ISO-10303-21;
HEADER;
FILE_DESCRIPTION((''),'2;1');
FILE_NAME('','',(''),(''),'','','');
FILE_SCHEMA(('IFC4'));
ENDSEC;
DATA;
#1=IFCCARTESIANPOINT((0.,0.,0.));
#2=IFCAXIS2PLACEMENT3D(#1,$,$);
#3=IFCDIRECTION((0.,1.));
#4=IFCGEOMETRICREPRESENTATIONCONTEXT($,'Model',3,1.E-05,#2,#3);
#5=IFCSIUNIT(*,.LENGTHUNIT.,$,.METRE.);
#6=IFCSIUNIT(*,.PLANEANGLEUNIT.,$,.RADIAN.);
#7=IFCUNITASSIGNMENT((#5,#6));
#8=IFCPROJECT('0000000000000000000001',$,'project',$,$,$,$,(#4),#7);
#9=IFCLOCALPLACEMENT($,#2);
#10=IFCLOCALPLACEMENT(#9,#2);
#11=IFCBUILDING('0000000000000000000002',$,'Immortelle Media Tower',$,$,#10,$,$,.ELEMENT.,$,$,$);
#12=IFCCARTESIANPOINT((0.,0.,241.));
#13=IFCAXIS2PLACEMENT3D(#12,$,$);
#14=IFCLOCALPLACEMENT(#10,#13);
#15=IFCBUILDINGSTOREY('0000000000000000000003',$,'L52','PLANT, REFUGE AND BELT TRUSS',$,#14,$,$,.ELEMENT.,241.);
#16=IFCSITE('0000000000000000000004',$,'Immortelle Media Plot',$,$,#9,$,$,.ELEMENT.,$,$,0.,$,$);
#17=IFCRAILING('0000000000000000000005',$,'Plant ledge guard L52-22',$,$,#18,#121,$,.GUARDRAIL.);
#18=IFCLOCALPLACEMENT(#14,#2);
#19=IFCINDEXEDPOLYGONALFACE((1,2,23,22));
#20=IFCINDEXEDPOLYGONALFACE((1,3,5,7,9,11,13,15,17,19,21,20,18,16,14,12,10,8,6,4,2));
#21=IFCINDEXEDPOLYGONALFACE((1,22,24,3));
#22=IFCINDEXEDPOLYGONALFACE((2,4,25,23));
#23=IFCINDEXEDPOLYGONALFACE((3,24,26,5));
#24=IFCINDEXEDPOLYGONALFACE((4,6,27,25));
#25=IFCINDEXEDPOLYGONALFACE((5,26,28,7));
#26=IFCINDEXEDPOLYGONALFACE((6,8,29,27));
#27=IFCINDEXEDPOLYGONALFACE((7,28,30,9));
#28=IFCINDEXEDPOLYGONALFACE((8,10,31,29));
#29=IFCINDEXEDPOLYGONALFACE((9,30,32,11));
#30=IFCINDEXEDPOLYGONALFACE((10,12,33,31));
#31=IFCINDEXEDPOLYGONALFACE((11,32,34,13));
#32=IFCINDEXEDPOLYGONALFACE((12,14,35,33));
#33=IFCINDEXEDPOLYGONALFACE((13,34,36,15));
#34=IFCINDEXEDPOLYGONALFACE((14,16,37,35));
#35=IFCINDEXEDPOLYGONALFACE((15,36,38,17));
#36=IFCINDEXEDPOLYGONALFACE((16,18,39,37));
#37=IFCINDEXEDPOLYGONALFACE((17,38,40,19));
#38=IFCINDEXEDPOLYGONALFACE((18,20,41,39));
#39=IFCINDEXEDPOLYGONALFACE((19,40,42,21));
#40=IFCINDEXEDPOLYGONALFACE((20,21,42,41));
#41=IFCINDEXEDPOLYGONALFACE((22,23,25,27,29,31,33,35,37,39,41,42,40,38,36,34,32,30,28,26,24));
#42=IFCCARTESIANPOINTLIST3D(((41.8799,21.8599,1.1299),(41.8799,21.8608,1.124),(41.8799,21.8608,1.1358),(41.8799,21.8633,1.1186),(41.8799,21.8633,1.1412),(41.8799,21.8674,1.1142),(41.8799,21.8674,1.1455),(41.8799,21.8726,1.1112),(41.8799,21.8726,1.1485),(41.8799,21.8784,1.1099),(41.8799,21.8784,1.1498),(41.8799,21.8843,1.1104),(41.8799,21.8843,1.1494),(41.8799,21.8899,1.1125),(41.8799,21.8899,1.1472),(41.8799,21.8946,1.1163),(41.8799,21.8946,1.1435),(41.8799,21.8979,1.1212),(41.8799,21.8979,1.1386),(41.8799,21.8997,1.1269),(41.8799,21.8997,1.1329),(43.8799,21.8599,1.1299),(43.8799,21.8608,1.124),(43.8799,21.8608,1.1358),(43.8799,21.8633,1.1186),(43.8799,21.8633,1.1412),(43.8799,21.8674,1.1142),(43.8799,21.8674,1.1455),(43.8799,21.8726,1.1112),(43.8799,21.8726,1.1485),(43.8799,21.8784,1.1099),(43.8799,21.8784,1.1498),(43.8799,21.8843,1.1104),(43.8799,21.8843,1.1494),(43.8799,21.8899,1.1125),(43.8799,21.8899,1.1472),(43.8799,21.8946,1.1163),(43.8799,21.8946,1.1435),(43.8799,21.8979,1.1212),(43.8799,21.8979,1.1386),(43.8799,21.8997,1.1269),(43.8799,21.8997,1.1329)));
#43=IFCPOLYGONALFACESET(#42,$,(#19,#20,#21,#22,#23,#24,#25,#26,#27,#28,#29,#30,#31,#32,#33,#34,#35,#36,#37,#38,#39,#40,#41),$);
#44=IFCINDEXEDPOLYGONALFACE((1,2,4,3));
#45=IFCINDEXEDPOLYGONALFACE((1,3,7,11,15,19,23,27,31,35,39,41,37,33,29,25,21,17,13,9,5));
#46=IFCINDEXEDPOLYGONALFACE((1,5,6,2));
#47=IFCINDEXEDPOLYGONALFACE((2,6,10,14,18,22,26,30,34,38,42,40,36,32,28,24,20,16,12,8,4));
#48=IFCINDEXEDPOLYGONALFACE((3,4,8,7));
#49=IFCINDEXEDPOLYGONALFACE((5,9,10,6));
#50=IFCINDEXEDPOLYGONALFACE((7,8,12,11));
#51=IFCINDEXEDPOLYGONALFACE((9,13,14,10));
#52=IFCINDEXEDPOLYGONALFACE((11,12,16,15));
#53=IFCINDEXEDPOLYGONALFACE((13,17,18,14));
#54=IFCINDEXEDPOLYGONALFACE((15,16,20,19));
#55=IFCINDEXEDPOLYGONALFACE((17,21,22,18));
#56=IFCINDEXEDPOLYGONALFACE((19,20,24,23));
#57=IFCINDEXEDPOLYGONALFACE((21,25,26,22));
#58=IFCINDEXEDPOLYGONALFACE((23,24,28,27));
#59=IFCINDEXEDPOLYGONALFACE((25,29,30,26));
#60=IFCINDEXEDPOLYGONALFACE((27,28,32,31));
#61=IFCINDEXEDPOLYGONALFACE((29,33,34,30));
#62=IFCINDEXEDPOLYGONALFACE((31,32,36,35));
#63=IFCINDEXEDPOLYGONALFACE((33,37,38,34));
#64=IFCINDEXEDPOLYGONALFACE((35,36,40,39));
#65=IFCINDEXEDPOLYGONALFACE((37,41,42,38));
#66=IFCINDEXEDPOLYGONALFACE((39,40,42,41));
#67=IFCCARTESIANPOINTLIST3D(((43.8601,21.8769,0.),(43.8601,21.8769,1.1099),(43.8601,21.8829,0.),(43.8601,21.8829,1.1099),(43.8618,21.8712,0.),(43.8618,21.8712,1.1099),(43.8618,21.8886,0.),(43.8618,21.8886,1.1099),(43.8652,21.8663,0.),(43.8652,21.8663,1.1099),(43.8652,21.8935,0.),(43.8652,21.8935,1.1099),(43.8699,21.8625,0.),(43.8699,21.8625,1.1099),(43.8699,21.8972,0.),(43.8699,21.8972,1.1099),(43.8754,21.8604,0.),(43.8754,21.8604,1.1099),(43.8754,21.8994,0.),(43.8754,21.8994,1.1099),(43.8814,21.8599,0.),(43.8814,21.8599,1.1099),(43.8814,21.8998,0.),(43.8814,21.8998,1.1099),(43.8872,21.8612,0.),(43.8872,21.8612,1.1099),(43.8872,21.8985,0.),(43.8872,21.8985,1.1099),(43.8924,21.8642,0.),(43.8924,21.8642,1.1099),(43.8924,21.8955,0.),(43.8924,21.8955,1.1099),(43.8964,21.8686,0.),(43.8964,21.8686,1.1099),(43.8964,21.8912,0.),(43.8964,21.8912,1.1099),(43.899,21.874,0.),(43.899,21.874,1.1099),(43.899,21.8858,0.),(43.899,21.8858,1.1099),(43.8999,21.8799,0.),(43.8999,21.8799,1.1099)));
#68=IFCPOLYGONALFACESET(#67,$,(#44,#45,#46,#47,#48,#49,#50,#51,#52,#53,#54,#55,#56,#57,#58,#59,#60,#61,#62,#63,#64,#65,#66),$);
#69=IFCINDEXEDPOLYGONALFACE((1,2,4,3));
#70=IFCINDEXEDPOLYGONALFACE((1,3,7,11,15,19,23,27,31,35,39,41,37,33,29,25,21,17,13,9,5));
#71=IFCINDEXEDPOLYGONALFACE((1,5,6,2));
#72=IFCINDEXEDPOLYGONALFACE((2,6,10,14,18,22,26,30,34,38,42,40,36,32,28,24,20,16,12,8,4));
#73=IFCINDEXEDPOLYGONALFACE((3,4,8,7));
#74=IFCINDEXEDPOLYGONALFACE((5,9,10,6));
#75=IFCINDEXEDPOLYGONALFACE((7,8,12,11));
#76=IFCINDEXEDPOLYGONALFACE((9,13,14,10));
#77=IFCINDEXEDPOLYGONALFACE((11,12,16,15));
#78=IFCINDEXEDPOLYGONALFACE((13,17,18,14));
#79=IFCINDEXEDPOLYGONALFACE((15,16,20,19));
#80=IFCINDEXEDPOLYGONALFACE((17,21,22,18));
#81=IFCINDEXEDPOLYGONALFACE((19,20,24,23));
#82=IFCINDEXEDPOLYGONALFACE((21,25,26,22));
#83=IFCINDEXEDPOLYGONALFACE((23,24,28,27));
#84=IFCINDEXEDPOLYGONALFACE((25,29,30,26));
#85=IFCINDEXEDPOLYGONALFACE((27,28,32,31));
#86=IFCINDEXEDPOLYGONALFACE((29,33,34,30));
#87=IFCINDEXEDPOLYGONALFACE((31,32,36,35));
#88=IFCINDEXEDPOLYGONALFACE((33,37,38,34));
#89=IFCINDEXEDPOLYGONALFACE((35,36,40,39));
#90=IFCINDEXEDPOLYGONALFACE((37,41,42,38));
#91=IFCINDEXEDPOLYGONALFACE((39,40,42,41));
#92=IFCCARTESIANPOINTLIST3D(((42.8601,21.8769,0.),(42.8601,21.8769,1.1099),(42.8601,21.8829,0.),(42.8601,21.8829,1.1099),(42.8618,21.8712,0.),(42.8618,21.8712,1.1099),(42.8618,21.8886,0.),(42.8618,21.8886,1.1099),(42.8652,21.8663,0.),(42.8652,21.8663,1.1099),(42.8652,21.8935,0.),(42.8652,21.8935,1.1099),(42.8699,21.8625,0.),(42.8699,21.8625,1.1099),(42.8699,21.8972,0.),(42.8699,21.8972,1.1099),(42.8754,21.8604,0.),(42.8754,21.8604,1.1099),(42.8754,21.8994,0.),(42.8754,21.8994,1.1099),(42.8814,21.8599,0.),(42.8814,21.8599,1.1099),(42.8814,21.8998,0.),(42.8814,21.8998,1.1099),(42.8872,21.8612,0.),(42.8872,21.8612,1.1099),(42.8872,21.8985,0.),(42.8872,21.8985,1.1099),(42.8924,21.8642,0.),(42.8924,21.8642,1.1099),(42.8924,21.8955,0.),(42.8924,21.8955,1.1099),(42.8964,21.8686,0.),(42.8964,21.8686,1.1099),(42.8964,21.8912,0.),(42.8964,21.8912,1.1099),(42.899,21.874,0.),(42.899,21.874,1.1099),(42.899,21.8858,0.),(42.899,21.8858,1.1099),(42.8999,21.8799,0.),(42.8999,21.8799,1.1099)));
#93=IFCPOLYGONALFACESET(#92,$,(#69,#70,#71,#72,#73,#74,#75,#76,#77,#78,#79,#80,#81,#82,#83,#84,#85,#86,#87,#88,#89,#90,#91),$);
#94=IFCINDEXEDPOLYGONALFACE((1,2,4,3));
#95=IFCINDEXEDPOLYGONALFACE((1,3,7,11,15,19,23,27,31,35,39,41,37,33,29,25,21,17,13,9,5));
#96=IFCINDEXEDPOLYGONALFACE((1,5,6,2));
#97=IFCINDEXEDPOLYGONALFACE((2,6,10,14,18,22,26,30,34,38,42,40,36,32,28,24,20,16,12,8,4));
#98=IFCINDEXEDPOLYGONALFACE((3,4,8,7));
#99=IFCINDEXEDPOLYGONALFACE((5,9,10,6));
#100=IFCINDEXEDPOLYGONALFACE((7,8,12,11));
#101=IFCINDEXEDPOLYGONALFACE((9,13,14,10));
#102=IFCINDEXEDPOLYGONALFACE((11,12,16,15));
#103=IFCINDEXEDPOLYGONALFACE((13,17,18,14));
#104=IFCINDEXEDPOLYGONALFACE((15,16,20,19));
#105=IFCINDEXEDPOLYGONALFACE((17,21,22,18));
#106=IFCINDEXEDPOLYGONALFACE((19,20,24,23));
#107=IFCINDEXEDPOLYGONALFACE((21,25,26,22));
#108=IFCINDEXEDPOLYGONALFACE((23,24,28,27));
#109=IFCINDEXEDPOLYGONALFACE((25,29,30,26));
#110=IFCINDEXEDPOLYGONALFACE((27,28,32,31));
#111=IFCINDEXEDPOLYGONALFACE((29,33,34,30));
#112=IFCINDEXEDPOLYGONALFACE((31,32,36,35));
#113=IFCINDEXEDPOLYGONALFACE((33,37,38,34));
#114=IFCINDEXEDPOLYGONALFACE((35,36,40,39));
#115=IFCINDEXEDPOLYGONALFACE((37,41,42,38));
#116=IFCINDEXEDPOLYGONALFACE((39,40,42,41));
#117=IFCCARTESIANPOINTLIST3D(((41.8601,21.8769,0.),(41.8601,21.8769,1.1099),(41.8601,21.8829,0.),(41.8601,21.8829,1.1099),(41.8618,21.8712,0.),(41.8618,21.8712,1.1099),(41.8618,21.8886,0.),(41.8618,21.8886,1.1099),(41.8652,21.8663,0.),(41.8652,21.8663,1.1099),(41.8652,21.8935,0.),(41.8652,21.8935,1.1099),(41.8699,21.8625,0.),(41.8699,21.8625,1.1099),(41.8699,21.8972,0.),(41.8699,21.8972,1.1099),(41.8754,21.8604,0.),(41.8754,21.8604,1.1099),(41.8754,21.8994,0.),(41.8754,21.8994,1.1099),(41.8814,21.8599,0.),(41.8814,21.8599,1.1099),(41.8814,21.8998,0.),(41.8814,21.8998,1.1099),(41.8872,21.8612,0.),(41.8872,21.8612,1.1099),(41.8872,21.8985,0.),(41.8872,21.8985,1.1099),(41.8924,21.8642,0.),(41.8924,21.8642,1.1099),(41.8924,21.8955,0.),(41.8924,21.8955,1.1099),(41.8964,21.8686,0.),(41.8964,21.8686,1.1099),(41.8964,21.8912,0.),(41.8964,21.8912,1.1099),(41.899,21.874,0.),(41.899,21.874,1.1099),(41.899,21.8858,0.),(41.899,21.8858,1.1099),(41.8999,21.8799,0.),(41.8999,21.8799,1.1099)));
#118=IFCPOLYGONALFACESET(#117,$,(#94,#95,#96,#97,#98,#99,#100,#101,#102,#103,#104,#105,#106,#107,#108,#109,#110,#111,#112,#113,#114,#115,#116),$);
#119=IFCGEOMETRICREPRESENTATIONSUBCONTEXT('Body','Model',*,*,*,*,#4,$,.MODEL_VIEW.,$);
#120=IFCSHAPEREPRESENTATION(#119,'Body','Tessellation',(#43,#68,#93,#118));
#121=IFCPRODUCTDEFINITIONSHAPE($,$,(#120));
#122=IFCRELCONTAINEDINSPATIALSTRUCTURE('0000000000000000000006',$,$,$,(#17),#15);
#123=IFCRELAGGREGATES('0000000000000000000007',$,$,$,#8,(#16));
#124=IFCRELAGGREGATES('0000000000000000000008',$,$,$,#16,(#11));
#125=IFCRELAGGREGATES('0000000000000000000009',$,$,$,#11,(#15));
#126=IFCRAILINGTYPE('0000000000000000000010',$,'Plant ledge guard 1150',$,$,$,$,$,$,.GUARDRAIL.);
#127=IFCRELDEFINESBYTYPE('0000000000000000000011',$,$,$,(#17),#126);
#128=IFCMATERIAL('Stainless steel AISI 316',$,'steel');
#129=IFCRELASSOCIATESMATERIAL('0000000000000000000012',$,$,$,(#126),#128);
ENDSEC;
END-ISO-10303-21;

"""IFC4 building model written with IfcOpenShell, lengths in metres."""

from ifc_helpers import new_model, si_unit, direction, frame, origin, origin_2d, place, context, subcontext, project, spatial, circle, extrude, material, type_object, element, save


model = new_model("IFC4")

# Units and contexts
model_context = context("Model", 3, precision=1e-05, world=origin(), true_north=direction((0.0, 1.0)))
body_context = subcontext(model_context, "Body", "Model", "MODEL_VIEW")
ifc_project = project(units=[si_unit("LENGTHUNIT", "METRE"), si_unit("PLANEANGLEUNIT", "RADIAN")], contexts=[model_context])

# Site, building, storey
site_placement = place(None, origin())
site = spatial("IfcSite", under=ifc_project, at=site_placement, Name="Immortelle Media Plot", CompositionType="ELEMENT", RefElevation=0.0)
building_placement = place(site_placement, origin())
building = spatial("IfcBuilding", under=site, at=building_placement, Name="Immortelle Media Tower", CompositionType="ELEMENT")
storey_placement = place(building_placement, frame((0.0, 0.0, 241.0)))
storey = spatial("IfcBuildingStorey", under=building, at=storey_placement, Name="L52", Description="PLANT, REFUGE AND BELT TRUSS", CompositionType="ELEMENT", Elevation=241.0)

# Railing
ifc_material_1 = material(Name="Stainless steel AISI 316", Category="steel")
railing_type = type_object("IfcRailingType", Name="Plant ledge guard 1150", PredefinedType="GUARDRAIL", material=ifc_material_1)
railing_1_placement = place(storey_placement, frame((43.8799, 21.8799, 0.0)))
element("IfcRailing", 1, at=railing_1_placement, inside=storey, type_object=railing_type, Name="Plant ledge guard L52-22", PredefinedType="GUARDRAIL", context=body_context, shape_type="SweptSolid", body=[
    extrude(circle(Radius=0.02, at=origin_2d()), frame((0.0, 0.0, 1.1299), z_axis=(-1.0, 0.0, 0.0), x_axis=(0.0, -1.0, 0.0)), (0.0, 0.0, 1.0), 2.0),
    extrude(circle(Radius=0.02, at=origin_2d()), origin(), (0.0, 0.0, 1.0), 1.1099),
    extrude(circle(Radius=0.02, at=origin_2d()), frame((-1.0, 0.0, 0.0)), (0.0, 0.0, 1.0), 1.1099),
    extrude(circle(Radius=0.02, at=origin_2d()), frame((-2.0, 0.0, 0.0)), (0.0, 0.0, 1.0), 1.1099),
])

save(model, "model.ifc")
